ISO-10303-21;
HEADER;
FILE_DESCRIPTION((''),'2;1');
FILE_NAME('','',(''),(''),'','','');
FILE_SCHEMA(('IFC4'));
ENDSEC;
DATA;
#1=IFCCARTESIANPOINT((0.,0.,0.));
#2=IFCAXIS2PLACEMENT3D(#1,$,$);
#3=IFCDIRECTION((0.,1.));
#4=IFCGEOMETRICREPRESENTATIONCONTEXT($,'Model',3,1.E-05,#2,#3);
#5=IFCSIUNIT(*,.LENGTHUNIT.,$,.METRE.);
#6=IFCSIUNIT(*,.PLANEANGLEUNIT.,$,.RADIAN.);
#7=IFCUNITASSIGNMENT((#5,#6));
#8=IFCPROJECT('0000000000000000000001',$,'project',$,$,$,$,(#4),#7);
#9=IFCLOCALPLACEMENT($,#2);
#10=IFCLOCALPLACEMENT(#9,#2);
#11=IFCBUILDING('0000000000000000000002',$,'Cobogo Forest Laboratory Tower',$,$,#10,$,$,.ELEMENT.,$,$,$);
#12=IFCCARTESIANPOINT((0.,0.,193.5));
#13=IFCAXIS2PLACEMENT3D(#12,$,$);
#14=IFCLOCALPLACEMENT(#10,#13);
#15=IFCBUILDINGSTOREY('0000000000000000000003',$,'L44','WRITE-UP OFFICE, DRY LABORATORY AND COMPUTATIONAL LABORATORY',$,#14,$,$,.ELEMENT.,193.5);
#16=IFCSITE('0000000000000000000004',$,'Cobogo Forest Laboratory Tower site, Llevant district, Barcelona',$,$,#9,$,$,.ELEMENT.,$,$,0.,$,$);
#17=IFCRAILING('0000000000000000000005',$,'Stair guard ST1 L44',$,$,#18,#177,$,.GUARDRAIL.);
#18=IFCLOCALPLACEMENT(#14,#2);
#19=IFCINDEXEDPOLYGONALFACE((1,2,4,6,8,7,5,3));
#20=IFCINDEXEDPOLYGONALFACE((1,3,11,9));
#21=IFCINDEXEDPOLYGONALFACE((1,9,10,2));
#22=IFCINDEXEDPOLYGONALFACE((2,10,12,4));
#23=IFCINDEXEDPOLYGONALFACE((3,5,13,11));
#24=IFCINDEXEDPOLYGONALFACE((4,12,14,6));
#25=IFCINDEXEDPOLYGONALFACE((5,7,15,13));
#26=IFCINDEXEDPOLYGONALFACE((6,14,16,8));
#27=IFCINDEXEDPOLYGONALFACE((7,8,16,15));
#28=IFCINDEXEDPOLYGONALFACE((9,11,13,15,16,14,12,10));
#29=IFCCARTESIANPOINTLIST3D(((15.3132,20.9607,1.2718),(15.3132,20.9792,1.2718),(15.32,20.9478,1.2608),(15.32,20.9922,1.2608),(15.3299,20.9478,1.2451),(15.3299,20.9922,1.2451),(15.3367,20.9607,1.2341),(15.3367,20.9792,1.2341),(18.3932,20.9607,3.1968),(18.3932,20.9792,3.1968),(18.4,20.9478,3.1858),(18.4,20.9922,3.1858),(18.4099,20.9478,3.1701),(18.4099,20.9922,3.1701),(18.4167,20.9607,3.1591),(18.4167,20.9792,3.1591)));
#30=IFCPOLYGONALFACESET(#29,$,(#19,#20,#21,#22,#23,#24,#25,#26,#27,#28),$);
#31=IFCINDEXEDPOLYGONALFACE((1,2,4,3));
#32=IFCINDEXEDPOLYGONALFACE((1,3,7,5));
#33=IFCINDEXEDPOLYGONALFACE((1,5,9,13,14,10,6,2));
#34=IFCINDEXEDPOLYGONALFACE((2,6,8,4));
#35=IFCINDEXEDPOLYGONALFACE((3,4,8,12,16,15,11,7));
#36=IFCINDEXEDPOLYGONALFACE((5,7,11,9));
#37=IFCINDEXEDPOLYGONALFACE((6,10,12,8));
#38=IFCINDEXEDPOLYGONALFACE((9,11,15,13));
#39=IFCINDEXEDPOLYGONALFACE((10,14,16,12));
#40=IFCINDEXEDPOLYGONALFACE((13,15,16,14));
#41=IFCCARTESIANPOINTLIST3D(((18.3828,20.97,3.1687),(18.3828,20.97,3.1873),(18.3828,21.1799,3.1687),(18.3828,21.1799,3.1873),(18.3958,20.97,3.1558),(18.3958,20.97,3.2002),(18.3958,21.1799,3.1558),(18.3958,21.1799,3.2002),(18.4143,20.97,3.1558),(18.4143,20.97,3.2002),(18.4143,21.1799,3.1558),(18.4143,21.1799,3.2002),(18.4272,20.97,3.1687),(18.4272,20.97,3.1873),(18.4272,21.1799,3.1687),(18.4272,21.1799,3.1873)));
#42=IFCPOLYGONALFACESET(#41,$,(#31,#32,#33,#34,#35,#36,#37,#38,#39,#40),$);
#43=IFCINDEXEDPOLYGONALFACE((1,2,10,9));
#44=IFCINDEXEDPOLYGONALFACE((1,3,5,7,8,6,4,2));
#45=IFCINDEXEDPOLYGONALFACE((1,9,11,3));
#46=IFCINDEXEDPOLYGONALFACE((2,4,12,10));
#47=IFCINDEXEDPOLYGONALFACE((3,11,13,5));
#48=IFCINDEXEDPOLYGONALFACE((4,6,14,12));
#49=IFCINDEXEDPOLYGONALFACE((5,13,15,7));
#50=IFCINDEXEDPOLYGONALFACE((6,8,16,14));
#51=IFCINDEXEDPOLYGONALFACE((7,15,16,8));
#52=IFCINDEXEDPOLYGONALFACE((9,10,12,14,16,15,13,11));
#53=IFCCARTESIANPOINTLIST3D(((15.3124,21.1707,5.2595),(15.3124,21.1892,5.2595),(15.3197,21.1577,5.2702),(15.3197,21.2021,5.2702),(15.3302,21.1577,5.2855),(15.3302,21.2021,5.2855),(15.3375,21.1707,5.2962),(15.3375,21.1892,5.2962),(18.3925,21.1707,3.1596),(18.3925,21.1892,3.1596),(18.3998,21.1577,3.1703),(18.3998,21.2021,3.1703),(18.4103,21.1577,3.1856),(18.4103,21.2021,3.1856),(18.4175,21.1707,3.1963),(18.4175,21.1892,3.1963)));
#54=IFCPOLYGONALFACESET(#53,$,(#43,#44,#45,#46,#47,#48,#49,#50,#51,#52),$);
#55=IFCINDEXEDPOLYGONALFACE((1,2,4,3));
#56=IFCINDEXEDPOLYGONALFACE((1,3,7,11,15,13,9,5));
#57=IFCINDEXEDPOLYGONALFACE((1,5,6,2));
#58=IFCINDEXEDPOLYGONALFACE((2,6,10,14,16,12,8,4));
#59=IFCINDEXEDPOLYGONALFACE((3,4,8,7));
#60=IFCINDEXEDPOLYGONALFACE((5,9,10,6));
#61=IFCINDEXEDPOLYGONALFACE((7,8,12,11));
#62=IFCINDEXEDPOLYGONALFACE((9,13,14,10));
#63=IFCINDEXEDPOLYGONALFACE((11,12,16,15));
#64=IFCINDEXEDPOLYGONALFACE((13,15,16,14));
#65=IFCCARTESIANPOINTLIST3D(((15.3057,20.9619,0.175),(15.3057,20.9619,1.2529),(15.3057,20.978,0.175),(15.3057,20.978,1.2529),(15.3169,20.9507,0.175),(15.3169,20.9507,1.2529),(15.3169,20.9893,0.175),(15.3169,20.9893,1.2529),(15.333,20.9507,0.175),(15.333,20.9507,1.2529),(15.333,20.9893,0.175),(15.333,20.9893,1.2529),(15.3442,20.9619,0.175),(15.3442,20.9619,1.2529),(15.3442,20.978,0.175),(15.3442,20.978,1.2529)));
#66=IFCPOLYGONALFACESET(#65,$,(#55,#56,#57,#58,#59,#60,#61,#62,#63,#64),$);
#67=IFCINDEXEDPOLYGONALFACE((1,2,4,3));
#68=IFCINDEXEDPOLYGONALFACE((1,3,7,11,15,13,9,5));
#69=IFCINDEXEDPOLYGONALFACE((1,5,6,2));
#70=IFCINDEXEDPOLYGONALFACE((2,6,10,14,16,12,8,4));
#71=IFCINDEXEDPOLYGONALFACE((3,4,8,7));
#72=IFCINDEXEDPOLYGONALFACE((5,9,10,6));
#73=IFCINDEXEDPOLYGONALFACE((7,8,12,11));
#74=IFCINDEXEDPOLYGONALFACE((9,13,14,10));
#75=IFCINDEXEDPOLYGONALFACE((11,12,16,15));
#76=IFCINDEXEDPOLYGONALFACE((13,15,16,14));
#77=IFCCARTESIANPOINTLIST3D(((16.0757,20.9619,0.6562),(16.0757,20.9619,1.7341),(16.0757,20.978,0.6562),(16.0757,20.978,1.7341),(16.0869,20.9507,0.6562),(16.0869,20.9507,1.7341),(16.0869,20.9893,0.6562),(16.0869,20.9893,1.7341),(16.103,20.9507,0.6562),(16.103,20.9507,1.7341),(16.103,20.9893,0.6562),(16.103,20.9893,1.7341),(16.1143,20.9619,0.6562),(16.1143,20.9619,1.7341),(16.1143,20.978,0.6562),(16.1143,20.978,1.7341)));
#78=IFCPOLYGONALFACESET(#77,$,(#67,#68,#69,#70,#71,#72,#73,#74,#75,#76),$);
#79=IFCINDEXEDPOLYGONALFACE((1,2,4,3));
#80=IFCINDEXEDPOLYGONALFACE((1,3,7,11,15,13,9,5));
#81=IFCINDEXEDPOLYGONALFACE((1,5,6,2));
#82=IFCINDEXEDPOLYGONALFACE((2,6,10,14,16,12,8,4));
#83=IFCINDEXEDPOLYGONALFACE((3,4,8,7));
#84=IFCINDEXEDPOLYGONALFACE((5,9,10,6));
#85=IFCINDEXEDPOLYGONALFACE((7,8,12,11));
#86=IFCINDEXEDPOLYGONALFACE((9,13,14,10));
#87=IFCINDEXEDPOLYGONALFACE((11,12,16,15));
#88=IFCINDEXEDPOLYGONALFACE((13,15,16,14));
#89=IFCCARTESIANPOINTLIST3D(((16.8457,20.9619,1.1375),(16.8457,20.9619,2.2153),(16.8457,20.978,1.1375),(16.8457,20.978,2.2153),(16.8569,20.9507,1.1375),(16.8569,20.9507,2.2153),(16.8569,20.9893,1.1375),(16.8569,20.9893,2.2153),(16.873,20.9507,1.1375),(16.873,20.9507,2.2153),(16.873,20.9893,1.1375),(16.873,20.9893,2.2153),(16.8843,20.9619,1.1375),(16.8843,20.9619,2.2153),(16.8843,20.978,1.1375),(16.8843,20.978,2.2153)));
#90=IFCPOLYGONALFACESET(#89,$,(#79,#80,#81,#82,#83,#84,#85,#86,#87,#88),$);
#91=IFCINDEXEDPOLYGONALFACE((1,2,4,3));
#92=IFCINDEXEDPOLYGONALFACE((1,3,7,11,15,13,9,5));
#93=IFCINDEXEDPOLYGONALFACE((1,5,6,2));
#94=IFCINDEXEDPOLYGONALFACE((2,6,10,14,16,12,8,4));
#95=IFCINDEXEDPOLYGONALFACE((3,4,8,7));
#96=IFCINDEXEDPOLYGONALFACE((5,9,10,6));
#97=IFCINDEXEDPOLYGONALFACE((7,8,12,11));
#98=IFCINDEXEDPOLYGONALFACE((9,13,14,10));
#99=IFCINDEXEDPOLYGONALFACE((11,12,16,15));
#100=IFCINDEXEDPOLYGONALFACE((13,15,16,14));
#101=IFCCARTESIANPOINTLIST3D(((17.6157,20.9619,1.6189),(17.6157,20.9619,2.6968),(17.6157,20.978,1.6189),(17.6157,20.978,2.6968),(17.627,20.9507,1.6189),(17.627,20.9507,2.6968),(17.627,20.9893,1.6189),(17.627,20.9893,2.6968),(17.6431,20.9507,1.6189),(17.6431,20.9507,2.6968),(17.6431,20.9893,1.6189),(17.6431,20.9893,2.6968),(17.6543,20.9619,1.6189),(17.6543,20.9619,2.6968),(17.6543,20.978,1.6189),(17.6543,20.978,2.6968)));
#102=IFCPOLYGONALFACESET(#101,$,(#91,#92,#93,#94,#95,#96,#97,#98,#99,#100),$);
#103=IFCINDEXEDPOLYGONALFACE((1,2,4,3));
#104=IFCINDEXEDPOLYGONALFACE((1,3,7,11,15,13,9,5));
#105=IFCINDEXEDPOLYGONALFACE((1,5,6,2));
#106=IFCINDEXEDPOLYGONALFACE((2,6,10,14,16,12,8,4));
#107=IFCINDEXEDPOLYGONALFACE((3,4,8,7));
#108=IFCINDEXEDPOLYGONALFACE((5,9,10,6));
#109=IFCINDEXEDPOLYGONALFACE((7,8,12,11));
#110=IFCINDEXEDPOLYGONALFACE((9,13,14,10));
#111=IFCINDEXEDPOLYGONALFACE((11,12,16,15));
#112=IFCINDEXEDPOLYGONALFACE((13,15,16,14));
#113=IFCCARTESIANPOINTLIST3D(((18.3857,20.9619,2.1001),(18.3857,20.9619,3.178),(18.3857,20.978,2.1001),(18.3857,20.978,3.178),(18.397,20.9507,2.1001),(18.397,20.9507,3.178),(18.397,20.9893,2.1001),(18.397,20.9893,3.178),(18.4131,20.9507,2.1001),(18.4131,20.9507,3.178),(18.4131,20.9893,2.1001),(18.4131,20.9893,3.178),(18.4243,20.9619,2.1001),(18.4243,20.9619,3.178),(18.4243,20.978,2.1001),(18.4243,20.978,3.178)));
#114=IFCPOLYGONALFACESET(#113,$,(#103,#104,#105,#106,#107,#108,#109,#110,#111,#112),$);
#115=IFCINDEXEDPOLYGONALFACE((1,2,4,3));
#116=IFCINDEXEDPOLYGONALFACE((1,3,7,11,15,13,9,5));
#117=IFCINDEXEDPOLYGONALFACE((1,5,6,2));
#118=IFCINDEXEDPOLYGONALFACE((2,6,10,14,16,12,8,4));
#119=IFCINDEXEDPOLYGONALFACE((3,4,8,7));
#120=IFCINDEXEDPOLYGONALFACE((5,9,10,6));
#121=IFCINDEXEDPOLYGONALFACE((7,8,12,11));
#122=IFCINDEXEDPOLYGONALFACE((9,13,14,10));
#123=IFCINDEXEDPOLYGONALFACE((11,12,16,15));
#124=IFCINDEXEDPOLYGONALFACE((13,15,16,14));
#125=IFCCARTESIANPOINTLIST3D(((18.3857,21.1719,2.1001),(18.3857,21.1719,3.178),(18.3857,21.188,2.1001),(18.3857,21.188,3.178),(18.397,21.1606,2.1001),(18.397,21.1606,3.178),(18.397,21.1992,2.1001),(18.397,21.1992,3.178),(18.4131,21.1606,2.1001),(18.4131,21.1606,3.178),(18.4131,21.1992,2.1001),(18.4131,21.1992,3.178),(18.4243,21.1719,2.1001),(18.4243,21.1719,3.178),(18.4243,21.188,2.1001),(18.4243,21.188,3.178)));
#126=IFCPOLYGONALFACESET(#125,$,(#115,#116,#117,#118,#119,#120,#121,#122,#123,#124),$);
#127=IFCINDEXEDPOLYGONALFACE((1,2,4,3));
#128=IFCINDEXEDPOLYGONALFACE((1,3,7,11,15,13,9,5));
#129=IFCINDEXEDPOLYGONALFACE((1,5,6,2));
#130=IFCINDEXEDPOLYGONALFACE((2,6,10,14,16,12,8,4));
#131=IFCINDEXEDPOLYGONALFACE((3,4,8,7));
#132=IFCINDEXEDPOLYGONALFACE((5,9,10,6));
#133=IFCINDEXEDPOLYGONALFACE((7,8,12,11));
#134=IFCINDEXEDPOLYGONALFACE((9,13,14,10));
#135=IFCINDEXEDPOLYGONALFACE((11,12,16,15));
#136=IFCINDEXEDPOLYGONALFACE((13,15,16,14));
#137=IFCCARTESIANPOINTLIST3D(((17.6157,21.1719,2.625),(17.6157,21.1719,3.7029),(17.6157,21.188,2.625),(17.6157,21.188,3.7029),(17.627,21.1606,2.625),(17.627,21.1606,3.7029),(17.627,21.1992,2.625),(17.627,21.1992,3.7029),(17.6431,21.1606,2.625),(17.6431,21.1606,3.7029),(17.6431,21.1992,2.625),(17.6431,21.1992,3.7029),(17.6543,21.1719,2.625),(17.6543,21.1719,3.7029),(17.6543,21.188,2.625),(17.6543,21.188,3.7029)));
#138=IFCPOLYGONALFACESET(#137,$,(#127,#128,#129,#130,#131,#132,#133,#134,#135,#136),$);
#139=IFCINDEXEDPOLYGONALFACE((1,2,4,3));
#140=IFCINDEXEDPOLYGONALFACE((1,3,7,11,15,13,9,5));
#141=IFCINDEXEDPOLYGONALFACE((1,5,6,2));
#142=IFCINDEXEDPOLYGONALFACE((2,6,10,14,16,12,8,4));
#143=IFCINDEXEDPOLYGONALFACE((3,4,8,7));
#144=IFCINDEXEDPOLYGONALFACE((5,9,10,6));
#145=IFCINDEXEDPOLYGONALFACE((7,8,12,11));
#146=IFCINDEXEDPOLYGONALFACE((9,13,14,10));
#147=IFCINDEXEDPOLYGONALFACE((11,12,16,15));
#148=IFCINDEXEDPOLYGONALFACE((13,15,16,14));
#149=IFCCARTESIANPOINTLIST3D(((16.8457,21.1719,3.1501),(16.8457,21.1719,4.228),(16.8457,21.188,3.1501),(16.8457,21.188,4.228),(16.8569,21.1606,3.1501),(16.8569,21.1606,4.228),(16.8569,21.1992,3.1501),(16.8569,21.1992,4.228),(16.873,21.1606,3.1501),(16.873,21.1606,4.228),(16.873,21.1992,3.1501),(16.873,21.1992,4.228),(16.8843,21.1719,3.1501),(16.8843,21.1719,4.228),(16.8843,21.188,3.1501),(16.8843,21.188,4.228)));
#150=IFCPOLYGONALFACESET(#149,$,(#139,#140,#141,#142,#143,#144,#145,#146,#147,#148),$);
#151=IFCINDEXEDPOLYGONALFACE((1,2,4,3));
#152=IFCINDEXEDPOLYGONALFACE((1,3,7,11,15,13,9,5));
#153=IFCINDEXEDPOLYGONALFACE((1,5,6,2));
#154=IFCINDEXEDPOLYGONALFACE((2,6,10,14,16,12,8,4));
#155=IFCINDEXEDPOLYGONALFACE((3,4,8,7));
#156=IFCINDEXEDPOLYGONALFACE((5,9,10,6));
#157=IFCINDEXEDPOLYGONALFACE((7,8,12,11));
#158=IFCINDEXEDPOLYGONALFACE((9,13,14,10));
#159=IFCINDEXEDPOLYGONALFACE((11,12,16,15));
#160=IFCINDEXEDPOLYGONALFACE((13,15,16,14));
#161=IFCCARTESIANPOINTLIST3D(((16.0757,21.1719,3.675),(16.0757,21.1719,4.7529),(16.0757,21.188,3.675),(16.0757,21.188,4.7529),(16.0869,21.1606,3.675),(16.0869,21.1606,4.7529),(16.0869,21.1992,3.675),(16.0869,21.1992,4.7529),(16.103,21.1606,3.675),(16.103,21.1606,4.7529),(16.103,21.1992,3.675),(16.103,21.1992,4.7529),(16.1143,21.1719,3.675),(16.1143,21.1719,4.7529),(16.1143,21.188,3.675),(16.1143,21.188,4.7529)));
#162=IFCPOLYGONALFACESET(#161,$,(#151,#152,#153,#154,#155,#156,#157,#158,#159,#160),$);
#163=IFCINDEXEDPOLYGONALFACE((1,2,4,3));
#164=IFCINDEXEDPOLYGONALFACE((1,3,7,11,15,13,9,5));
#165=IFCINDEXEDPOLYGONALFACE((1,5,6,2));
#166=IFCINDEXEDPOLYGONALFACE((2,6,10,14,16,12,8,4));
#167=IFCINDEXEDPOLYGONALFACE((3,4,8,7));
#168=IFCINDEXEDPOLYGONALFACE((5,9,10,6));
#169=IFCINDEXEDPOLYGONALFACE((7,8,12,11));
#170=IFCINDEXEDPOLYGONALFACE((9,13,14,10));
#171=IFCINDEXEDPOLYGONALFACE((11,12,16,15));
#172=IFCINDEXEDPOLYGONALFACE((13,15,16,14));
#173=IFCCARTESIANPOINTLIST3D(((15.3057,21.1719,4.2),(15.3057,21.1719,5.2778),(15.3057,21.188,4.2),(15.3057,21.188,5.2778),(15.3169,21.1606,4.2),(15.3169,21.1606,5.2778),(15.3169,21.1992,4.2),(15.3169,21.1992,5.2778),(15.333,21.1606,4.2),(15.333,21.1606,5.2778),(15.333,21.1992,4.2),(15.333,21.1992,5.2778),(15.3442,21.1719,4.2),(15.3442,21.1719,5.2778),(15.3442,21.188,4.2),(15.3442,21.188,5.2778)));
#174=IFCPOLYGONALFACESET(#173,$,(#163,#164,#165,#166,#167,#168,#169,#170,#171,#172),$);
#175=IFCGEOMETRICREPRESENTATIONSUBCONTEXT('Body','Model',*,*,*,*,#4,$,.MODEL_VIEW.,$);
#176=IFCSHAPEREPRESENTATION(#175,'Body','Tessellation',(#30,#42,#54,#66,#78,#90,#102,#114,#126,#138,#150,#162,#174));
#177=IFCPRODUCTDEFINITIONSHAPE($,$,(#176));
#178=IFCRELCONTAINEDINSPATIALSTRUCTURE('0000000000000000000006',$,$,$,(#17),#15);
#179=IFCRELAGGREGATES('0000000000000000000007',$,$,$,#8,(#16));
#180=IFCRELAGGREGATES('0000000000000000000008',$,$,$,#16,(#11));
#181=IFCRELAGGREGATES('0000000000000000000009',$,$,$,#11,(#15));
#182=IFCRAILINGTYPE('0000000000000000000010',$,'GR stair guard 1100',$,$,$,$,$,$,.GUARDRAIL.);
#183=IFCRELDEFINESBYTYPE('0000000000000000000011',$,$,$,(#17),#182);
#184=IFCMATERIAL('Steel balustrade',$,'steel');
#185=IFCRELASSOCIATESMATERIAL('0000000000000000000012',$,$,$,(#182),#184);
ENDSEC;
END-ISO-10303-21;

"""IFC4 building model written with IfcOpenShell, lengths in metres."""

from ifc_helpers import new_model, si_unit, direction, frame, origin, place, context, subcontext, project, spatial, polyline, outline, extrude, material, type_object, element, save


model = new_model("IFC4")

# Units and contexts
model_context = context("Model", 3, precision=1e-05, world=origin(), true_north=direction((0.0, 1.0)))
body_context = subcontext(model_context, "Body", "Model", "MODEL_VIEW")
ifc_project = project(units=[si_unit("LENGTHUNIT", "METRE"), si_unit("PLANEANGLEUNIT", "RADIAN")], contexts=[model_context])

# Site, building, storey
site_placement = place(None, origin())
site = spatial("IfcSite", under=ifc_project, at=site_placement, Name="Cobogo Forest Laboratory Tower site, Llevant district, Barcelona", CompositionType="ELEMENT", RefElevation=0.0)
building_placement = place(site_placement, origin())
building = spatial("IfcBuilding", under=site, at=building_placement, Name="Cobogo Forest Laboratory Tower", CompositionType="ELEMENT")
storey_placement = place(building_placement, frame((0.0, 0.0, 193.5)))
storey = spatial("IfcBuildingStorey", under=building, at=storey_placement, Name="L44", Description="WRITE-UP OFFICE, DRY LABORATORY AND COMPUTATIONAL LABORATORY", CompositionType="ELEMENT", Elevation=193.5)

# Railing
ifc_material_1 = material(Name="Steel balustrade", Category="steel")
railing_type_1 = type_object("IfcRailingType", Name="GR stair guard 1100", PredefinedType="GUARDRAIL", material=ifc_material_1)
railing_1_placement = place(storey_placement, frame((15.325, 20.97, 0.175)))
element("IfcRailing", 1, at=railing_1_placement, inside=storey, type_object=railing_type_1, Name="Stair guard ST1 L44", PredefinedType="GUARDRAIL", context=body_context, shape_type="SweptSolid", body=[
    extrude(outline(polyline([(0.0222, 0.0093), (0.0093, 0.0222), (-0.0093, 0.0222), (-0.0222, 0.0093), (-0.0222, -0.0093), (-0.0093, -0.0222), (0.0093, -0.0222), (0.0222, -0.0093), (0.0222, 0.0093)])), frame((0.0, 0.0, 1.0779), z_axis=(0.847998, 0.0, 0.529999), x_axis=(0.0, 1.0, 0.0)), (0.0, 0.0, 1.0), 3.6321),
    extrude(outline(polyline([(0.0222, 0.0093), (0.0093, 0.0222), (-0.0093, 0.0222), (-0.0222, 0.0093), (-0.0222, -0.0093), (-0.0093, -0.0222), (0.0093, -0.0222), (0.0222, -0.0093), (0.0222, 0.0093)])), frame((3.0801, 0.0, 3.0029), z_axis=(0.0, 1.0, 0.0), x_axis=(-1.0, 0.0, 0.0)), (0.0, 0.0, 1.0), 0.21),
    extrude(outline(polyline([(0.0222, 0.0093), (0.0093, 0.0222), (-0.0093, 0.0222), (-0.0222, 0.0093), (-0.0222, -0.0093), (-0.0093, -0.0222), (0.0093, -0.0222), (0.0222, -0.0093), (0.0222, 0.0093)])), frame((3.0801, 0.21, 3.0029), z_axis=(-0.826252, 0.0, 0.5633), x_axis=(0.0, -1.0, 0.0)), (0.0, 0.0, 1.0), 3.7278),
    extrude(outline(polyline([(0.0193, 0.0081), (0.0081, 0.0193), (-0.0081, 0.0193), (-0.0193, 0.0081), (-0.0193, -0.0081), (-0.0081, -0.0193), (0.0081, -0.0193), (0.0193, -0.0081), (0.0193, 0.0081)])), origin(), (0.0, 0.0, 1.0), 1.0779),
    extrude(outline(polyline([(0.0193, 0.0081), (0.0081, 0.0193), (-0.0081, 0.0193), (-0.0193, 0.0081), (-0.0193, -0.0081), (-0.0081, -0.0193), (0.0081, -0.0193), (0.0193, -0.0081), (0.0193, 0.0081)])), frame((0.77, 0.0, 0.4812)), (0.0, 0.0, 1.0), 1.0779),
    extrude(outline(polyline([(0.0193, 0.0081), (0.0081, 0.0193), (-0.0081, 0.0193), (-0.0193, 0.0081), (-0.0193, -0.0081), (-0.0081, -0.0193), (0.0081, -0.0193), (0.0193, -0.0081), (0.0193, 0.0081)])), frame((1.54, 0.0, 0.9624)), (0.0, 0.0, 1.0), 1.0779),
    extrude(outline(polyline([(0.0193, 0.0081), (0.0081, 0.0193), (-0.0081, 0.0193), (-0.0193, 0.0081), (-0.0193, -0.0081), (-0.0081, -0.0193), (0.0081, -0.0193), (0.0193, -0.0081), (0.0193, 0.0081)])), frame((2.3101, 0.0, 1.4438)), (0.0, 0.0, 1.0), 1.0779),
    extrude(outline(polyline([(0.0193, 0.0081), (0.0081, 0.0193), (-0.0081, 0.0193), (-0.0193, 0.0081), (-0.0193, -0.0081), (-0.0081, -0.0193), (0.0081, -0.0193), (0.0193, -0.0081), (0.0193, 0.0081)])), frame((3.0801, 0.0, 1.925)), (0.0, 0.0, 1.0), 1.0779),
    extrude(outline(polyline([(0.0193, 0.0081), (0.0081, 0.0193), (-0.0081, 0.0193), (-0.0193, 0.0081), (-0.0193, -0.0081), (-0.0081, -0.0193), (0.0081, -0.0193), (0.0193, -0.0081), (0.0193, 0.0081)])), frame((3.0801, 0.21, 1.925)), (0.0, 0.0, 1.0), 1.0779),
    extrude(outline(polyline([(0.0193, 0.0081), (0.0081, 0.0193), (-0.0081, 0.0193), (-0.0193, 0.0081), (-0.0193, -0.0081), (-0.0081, -0.0193), (0.0081, -0.0193), (0.0193, -0.0081), (0.0193, 0.0081)])), frame((2.3101, 0.21, 2.45)), (0.0, 0.0, 1.0), 1.0779),
    extrude(outline(polyline([(0.0193, 0.0081), (0.0081, 0.0193), (-0.0081, 0.0193), (-0.0193, 0.0081), (-0.0193, -0.0081), (-0.0081, -0.0193), (0.0081, -0.0193), (0.0193, -0.0081), (0.0193, 0.0081)])), frame((1.54, 0.21, 2.9751)), (0.0, 0.0, 1.0), 1.0779),
    extrude(outline(polyline([(0.0193, 0.0081), (0.0081, 0.0193), (-0.0081, 0.0193), (-0.0193, 0.0081), (-0.0193, -0.0081), (-0.0081, -0.0193), (0.0081, -0.0193), (0.0193, -0.0081), (0.0193, 0.0081)])), frame((0.77, 0.21, 3.5)), (0.0, 0.0, 1.0), 1.0779),
    extrude(outline(polyline([(0.0193, 0.0081), (0.0081, 0.0193), (-0.0081, 0.0193), (-0.0193, 0.0081), (-0.0193, -0.0081), (-0.0081, -0.0193), (0.0081, -0.0193), (0.0193, -0.0081), (0.0193, 0.0081)])), frame((0.0, 0.21, 4.0249)), (0.0, 0.0, 1.0), 1.0779),
])

save(model, "model.ifc")
